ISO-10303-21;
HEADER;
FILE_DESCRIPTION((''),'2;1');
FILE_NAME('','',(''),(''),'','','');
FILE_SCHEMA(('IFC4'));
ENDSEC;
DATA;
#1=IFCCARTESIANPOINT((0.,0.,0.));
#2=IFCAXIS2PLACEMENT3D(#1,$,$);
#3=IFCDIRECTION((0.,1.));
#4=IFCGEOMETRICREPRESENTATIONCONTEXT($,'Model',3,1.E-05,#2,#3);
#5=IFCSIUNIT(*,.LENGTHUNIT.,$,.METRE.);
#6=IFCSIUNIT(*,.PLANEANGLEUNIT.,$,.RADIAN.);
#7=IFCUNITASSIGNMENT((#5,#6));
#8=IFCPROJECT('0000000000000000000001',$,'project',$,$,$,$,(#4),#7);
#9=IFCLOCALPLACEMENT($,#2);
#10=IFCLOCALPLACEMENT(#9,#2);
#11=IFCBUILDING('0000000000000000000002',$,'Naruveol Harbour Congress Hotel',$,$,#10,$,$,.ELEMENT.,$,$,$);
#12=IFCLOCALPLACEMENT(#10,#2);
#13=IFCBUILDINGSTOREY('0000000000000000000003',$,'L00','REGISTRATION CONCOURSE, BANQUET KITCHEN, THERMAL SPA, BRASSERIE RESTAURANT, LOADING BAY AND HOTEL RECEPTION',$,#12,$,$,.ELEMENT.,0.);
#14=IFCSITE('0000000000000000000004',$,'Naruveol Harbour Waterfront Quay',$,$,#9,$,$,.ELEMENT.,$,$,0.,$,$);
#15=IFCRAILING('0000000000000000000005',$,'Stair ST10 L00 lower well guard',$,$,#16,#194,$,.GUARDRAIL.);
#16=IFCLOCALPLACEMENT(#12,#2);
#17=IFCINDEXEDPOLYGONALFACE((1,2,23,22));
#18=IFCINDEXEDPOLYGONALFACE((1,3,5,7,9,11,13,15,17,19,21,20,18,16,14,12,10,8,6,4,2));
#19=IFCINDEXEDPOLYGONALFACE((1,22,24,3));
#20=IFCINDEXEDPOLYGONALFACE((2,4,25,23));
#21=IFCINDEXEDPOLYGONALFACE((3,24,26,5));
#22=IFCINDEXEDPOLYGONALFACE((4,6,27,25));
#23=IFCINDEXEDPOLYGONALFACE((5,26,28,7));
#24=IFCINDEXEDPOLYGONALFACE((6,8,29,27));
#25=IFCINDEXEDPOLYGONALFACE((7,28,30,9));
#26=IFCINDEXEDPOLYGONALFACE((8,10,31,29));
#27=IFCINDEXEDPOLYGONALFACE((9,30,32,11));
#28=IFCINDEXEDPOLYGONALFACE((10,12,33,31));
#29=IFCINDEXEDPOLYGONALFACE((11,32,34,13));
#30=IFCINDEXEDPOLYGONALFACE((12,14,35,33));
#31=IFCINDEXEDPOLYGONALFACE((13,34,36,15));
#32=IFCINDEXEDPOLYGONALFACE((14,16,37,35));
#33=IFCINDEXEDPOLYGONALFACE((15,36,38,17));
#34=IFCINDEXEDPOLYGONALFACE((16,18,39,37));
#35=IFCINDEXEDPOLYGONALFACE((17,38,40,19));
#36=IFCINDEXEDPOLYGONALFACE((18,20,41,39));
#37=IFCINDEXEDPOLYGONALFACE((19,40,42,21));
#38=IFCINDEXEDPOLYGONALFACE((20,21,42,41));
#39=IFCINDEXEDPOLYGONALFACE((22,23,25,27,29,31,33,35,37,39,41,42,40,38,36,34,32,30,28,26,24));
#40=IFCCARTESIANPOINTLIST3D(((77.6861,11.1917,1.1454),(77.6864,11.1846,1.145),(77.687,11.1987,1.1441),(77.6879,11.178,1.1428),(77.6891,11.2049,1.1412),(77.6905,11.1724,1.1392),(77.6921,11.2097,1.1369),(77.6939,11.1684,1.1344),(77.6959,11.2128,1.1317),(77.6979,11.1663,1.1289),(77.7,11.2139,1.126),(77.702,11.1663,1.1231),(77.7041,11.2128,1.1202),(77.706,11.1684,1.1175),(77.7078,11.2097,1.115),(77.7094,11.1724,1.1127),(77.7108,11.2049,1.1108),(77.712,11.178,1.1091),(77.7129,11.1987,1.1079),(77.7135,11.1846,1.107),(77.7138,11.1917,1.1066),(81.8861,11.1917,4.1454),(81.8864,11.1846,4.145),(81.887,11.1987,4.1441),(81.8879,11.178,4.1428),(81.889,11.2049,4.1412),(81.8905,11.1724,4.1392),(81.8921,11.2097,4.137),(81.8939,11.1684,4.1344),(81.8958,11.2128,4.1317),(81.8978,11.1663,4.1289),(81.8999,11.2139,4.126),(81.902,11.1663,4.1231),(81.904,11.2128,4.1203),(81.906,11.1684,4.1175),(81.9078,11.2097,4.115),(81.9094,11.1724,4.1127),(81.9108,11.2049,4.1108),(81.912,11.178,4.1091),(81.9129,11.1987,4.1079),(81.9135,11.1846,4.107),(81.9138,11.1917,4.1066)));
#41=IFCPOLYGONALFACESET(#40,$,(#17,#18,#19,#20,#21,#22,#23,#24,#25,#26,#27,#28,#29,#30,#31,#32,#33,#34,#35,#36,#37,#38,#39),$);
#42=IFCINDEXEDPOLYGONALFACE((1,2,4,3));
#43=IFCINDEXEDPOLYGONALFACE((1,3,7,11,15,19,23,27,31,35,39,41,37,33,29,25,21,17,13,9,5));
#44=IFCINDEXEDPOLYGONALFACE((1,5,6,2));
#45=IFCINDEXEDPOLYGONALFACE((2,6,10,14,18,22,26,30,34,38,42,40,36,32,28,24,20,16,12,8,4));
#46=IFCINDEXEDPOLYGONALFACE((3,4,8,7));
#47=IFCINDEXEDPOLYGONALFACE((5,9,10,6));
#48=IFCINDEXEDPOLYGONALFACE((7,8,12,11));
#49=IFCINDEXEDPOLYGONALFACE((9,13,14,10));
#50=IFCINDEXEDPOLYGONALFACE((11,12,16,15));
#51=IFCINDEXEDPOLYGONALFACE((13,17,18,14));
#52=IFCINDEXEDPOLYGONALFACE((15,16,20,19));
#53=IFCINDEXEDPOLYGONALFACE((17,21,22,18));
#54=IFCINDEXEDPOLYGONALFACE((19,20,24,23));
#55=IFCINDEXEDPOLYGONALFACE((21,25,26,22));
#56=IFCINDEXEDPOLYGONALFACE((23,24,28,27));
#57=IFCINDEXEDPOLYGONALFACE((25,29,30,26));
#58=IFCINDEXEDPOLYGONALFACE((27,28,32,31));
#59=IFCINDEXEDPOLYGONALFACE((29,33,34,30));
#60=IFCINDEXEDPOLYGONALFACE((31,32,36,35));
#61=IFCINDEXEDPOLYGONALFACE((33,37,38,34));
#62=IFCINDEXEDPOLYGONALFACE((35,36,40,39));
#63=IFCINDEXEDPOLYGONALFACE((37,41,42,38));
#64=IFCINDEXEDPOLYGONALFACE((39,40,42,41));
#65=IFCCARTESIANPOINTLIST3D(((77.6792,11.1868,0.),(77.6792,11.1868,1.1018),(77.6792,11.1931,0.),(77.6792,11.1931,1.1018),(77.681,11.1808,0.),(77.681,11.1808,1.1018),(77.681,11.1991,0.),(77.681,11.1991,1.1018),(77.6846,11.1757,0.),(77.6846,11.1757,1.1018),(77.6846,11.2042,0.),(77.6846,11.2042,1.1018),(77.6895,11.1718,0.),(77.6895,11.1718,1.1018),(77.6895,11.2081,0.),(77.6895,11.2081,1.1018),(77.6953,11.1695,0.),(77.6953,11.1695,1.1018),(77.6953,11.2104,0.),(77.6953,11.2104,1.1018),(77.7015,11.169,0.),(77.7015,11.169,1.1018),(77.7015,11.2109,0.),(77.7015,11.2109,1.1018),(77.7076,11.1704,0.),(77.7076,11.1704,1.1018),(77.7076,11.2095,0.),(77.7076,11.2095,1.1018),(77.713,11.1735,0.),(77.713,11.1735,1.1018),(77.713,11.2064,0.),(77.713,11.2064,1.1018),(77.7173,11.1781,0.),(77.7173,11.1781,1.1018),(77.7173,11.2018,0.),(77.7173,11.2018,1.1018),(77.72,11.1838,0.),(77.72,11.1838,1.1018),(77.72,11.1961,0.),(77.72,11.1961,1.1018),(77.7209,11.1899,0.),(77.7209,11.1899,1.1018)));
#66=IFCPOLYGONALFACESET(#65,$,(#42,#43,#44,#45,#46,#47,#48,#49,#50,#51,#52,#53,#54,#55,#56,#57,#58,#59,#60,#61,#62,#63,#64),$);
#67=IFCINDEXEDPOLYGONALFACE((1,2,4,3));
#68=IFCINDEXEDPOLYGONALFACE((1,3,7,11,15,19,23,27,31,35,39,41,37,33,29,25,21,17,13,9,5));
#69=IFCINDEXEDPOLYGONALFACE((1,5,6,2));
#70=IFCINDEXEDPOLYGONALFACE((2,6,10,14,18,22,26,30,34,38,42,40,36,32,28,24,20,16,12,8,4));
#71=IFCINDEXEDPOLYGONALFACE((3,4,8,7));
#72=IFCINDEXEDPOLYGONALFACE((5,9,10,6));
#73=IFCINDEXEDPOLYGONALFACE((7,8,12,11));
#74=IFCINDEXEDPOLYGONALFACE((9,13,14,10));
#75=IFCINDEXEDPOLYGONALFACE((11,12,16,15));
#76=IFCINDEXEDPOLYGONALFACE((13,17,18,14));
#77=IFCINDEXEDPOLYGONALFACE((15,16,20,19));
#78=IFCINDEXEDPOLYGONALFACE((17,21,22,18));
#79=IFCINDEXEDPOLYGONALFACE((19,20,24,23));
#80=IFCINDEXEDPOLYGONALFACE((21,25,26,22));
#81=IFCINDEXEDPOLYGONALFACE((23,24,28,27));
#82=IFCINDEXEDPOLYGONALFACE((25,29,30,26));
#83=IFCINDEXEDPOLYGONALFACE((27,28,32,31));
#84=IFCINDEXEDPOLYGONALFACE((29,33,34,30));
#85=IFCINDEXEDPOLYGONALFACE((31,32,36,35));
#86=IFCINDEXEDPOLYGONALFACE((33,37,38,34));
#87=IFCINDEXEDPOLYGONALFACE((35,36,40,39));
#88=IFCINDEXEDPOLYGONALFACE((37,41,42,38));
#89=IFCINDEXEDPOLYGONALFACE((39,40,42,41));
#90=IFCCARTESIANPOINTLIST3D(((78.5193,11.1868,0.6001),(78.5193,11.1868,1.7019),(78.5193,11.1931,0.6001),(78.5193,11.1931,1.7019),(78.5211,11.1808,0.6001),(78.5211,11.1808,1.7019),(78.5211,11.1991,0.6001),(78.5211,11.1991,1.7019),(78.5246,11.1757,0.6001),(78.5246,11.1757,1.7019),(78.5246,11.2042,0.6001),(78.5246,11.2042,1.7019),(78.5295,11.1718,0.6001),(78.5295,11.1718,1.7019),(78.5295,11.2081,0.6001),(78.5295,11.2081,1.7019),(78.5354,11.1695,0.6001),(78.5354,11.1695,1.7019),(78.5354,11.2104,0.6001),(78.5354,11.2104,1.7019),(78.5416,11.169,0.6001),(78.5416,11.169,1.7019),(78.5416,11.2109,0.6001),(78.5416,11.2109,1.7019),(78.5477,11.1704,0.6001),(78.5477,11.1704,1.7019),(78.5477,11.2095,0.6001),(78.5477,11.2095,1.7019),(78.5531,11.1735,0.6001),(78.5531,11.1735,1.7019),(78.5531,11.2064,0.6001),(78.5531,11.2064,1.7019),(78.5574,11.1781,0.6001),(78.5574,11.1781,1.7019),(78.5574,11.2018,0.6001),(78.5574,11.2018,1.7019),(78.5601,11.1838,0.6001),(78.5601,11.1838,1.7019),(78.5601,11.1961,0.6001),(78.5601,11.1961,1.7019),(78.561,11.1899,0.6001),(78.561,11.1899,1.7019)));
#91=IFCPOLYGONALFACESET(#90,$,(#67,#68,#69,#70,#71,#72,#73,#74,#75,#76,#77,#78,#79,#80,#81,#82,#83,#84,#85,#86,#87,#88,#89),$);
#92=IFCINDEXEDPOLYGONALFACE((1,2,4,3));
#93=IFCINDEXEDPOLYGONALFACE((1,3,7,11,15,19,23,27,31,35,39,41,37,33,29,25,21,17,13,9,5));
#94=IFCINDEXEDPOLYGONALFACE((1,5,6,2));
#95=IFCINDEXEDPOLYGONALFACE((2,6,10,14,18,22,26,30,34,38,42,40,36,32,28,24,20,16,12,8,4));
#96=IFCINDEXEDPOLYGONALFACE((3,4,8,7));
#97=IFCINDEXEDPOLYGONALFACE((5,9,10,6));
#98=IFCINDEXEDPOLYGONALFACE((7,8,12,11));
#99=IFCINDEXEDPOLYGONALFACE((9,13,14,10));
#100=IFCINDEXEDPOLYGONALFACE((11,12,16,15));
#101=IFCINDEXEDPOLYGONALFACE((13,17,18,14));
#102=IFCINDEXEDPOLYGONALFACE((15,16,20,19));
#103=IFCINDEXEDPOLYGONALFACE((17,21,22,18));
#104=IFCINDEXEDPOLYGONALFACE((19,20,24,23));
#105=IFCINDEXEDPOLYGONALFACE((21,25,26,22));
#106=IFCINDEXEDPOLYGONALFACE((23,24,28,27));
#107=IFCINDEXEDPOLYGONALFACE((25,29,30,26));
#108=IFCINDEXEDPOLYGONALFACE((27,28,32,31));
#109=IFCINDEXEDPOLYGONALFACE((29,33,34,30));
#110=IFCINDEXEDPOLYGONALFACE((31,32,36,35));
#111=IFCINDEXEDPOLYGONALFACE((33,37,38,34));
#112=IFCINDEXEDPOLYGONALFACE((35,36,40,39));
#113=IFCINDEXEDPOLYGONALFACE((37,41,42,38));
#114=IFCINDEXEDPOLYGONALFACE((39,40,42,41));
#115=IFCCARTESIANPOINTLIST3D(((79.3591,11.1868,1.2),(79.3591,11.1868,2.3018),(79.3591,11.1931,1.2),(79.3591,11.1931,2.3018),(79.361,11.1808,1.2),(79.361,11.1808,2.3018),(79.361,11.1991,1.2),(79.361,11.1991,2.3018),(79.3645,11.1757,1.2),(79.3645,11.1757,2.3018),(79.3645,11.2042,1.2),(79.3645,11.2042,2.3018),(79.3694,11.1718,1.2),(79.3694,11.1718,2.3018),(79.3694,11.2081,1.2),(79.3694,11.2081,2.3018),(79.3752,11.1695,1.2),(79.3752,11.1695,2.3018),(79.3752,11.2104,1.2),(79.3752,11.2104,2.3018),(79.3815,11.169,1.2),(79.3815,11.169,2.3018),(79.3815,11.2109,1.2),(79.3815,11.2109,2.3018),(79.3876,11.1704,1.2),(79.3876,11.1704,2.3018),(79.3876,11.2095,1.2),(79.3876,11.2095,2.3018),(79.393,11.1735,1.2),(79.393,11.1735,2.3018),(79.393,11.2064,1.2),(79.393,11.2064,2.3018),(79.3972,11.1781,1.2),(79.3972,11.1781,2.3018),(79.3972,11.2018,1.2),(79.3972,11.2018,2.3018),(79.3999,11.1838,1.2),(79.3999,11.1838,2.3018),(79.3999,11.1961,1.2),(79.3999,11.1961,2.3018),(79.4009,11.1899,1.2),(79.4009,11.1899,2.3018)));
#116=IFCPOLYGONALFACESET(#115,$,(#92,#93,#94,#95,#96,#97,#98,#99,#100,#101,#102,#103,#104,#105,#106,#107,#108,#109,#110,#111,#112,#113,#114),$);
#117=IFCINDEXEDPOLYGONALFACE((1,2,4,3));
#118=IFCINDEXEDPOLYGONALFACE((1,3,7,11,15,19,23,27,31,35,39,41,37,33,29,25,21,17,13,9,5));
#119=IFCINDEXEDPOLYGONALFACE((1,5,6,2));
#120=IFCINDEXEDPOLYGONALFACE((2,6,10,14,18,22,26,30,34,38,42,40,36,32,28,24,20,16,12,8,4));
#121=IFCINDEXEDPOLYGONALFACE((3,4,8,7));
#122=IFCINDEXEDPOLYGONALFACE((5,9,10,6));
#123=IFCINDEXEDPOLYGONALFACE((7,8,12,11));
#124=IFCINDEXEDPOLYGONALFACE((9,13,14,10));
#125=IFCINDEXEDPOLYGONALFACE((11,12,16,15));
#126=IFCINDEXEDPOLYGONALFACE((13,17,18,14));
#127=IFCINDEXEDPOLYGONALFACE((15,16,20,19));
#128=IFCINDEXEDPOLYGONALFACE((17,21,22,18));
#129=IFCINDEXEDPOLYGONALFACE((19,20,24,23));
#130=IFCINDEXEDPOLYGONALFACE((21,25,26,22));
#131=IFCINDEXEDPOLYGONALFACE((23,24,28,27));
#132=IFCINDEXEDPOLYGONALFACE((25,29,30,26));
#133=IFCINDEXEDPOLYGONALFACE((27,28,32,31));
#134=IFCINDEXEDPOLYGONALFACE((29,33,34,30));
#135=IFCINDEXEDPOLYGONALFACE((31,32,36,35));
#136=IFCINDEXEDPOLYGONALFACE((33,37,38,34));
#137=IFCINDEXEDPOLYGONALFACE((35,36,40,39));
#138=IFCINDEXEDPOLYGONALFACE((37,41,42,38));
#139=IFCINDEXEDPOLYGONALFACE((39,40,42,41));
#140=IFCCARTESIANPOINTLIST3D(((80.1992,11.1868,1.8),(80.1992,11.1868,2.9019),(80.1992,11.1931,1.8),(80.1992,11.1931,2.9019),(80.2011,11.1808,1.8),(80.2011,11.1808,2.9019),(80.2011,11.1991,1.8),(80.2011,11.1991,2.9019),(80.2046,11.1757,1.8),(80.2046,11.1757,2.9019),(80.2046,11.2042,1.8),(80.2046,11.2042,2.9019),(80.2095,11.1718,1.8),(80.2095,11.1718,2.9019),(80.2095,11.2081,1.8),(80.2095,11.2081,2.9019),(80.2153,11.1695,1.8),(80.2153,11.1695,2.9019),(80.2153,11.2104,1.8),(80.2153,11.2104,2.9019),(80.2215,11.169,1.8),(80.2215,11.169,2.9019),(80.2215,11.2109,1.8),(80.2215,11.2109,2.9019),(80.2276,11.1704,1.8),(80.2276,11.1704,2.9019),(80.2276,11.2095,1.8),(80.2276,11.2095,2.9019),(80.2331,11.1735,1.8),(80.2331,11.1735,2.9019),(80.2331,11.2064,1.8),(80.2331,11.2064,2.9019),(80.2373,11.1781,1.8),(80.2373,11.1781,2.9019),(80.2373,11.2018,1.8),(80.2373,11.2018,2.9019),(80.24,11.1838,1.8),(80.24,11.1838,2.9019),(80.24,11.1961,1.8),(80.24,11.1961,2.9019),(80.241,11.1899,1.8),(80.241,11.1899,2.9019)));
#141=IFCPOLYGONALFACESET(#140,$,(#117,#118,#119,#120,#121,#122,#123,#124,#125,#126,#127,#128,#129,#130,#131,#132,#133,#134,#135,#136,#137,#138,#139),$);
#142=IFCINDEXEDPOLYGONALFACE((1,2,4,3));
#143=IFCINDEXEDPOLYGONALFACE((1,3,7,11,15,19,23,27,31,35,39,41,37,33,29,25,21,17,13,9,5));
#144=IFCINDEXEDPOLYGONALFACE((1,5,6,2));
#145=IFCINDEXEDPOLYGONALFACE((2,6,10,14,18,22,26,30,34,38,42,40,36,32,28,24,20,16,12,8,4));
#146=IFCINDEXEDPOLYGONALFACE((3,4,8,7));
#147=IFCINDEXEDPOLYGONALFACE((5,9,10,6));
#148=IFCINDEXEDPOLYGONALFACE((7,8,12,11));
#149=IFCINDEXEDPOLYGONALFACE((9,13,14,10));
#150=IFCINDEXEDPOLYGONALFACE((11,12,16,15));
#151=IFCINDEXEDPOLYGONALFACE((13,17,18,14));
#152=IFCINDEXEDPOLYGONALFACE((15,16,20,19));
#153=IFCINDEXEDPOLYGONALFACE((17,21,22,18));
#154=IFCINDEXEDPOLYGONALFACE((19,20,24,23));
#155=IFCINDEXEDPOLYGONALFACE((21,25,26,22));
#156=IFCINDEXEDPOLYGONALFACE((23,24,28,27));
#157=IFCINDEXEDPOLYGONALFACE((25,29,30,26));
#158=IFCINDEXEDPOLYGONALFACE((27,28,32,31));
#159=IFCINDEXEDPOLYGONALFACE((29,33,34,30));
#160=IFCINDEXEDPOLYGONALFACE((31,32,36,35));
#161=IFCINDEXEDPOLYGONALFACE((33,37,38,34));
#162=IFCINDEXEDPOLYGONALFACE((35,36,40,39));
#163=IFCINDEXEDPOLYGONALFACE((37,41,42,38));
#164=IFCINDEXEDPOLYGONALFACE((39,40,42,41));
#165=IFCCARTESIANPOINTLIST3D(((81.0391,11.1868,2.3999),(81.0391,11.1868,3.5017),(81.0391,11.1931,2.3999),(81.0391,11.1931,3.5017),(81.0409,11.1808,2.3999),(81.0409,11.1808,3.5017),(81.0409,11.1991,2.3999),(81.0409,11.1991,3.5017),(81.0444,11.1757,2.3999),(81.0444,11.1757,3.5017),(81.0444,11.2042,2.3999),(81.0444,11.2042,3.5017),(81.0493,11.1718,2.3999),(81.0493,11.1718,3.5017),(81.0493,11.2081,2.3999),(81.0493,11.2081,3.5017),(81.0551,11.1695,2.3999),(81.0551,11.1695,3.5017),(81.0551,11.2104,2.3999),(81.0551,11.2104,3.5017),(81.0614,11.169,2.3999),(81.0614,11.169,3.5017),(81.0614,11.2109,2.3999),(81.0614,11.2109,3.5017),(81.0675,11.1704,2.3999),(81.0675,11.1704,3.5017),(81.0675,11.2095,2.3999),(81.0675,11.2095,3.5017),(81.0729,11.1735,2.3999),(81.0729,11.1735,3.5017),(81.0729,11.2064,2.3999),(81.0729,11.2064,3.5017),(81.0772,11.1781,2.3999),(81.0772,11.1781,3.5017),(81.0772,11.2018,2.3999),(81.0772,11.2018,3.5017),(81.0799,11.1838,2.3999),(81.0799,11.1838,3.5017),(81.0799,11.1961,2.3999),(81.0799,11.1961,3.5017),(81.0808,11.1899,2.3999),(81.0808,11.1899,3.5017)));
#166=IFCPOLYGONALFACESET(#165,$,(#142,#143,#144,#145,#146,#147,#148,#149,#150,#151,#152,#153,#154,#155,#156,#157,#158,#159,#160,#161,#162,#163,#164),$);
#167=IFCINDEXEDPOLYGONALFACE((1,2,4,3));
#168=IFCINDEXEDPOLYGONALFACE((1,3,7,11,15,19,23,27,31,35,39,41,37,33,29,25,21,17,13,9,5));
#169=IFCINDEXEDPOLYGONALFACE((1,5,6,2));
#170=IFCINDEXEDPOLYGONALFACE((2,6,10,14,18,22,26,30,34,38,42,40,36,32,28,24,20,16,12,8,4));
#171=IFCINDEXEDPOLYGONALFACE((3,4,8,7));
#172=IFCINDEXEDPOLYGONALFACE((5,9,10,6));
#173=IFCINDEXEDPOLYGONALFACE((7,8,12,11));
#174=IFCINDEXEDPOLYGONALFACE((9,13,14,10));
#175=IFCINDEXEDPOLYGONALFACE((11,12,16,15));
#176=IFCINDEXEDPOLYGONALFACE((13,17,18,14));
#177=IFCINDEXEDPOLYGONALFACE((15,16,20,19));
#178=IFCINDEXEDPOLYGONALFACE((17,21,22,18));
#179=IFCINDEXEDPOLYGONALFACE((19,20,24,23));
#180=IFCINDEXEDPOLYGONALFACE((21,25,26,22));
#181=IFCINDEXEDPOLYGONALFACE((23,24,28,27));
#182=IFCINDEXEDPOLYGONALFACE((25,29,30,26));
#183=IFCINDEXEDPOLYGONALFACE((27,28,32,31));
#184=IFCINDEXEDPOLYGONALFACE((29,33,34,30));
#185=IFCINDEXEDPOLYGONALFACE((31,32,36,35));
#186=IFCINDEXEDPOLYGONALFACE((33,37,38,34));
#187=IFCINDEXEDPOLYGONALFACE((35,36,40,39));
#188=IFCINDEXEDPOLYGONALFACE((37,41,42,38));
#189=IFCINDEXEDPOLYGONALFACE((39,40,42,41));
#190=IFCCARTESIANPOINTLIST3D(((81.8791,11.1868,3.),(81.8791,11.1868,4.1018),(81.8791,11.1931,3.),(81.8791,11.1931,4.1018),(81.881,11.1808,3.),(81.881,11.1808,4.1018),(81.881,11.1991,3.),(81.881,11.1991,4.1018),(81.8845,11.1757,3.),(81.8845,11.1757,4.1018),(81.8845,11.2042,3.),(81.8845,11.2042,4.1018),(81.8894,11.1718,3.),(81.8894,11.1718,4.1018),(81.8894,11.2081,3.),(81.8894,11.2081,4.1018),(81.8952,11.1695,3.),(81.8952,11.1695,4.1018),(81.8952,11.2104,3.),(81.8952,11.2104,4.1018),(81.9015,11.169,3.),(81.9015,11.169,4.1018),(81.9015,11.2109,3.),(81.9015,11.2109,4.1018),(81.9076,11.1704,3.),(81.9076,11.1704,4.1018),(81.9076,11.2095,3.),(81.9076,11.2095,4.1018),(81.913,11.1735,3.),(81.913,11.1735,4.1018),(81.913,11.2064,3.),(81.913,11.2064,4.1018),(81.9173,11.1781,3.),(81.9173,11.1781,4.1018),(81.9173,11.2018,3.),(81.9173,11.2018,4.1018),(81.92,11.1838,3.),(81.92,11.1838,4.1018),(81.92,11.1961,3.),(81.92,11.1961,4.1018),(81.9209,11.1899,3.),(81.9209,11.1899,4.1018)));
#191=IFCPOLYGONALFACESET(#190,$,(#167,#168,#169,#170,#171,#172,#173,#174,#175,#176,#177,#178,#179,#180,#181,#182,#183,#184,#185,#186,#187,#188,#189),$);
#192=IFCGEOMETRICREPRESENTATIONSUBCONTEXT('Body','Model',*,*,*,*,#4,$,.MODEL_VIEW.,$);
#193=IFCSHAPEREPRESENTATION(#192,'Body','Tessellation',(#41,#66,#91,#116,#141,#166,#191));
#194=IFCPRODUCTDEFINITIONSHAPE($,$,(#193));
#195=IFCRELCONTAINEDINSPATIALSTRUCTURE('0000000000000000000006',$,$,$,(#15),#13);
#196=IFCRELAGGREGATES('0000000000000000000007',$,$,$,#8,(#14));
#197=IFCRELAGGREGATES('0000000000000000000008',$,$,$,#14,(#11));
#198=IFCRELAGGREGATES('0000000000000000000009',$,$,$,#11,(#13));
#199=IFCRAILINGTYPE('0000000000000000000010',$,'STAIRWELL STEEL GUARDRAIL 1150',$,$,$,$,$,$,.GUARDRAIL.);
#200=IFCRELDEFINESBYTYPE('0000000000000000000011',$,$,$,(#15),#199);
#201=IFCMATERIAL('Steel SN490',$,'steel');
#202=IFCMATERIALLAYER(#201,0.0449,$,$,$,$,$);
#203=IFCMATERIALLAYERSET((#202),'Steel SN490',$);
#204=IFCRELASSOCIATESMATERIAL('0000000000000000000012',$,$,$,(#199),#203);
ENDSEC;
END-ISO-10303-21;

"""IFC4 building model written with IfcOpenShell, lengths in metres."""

from ifc_helpers import new_model, si_unit, direction, frame, origin, origin_2d, place, context, subcontext, project, spatial, circle, extrude, material, layer, layer_set, type_object, element, save


model = new_model("IFC4")

# Units and contexts
model_context = context("Model", 3, precision=1e-05, world=origin(), true_north=direction((0.0, 1.0)))
body_context = subcontext(model_context, "Body", "Model", "MODEL_VIEW")
ifc_project = project(units=[si_unit("LENGTHUNIT", "METRE"), si_unit("PLANEANGLEUNIT", "RADIAN")], contexts=[model_context])

# Site, building, storey
site_placement = place(None, origin())
site = spatial("IfcSite", under=ifc_project, at=site_placement, Name="Naruveol Harbour Waterfront Quay", CompositionType="ELEMENT", RefElevation=0.0)
building_placement = place(site_placement, origin())
building = spatial("IfcBuilding", under=site, at=building_placement, Name="Naruveol Harbour Congress Hotel", CompositionType="ELEMENT")
storey_placement = place(building_placement, origin())
storey = spatial("IfcBuildingStorey", under=building, at=storey_placement, Name="L00", Description="REGISTRATION CONCOURSE, BANQUET KITCHEN, THERMAL SPA, BRASSERIE RESTAURANT, LOADING BAY AND HOTEL RECEPTION", CompositionType="ELEMENT", Elevation=0.0)

# Railing
ifc_material_1 = material(Name="Steel SN490", Category="steel")
ifc_layer_1 = layer(ifc_material_1, 0.0449)
ifc_layer_set_1 = layer_set([ifc_layer_1], Name="Steel SN490")
railing_type_1 = type_object("IfcRailingType", Name="STAIRWELL STEEL GUARDRAIL 1150", PredefinedType="GUARDRAIL", material=ifc_layer_set_1)
railing_1_placement = place(storey_placement, frame((77.7, 11.1899, 0.0)))
element("IfcRailing", 1, at=railing_1_placement, inside=storey, type_object=railing_type_1, Name="Stair ST10 L00 lower well guard", PredefinedType="GUARDRAIL", context=body_context, shape_type="SweptSolid", body=[
    extrude(circle(Radius=0.0239, at=origin_2d()), frame((0.0, 0.0, 1.126), z_axis=(0.81373, 0.0, 0.581243), x_axis=(0.0, 1.0, 0.0)), (0.0, 0.0, 1.0), 5.1614),
    extrude(circle(Radius=0.021, at=origin_2d()), origin(), (0.0, 0.0, 1.0), 1.1018),
    extrude(circle(Radius=0.021, at=origin_2d()), frame((0.8401, 0.0, 0.6001)), (0.0, 0.0, 1.0), 1.1018),
    extrude(circle(Radius=0.021, at=origin_2d()), frame((1.6799, 0.0, 1.2)), (0.0, 0.0, 1.0), 1.1018),
    extrude(circle(Radius=0.021, at=origin_2d()), frame((2.52, 0.0, 1.8)), (0.0, 0.0, 1.0), 1.1018),
    extrude(circle(Radius=0.021, at=origin_2d()), frame((3.3599, 0.0, 2.3999)), (0.0, 0.0, 1.0), 1.1018),
    extrude(circle(Radius=0.021, at=origin_2d()), frame((4.2, 0.0, 3.0)), (0.0, 0.0, 1.0), 1.1018),
])

save(model, "model.ifc")
